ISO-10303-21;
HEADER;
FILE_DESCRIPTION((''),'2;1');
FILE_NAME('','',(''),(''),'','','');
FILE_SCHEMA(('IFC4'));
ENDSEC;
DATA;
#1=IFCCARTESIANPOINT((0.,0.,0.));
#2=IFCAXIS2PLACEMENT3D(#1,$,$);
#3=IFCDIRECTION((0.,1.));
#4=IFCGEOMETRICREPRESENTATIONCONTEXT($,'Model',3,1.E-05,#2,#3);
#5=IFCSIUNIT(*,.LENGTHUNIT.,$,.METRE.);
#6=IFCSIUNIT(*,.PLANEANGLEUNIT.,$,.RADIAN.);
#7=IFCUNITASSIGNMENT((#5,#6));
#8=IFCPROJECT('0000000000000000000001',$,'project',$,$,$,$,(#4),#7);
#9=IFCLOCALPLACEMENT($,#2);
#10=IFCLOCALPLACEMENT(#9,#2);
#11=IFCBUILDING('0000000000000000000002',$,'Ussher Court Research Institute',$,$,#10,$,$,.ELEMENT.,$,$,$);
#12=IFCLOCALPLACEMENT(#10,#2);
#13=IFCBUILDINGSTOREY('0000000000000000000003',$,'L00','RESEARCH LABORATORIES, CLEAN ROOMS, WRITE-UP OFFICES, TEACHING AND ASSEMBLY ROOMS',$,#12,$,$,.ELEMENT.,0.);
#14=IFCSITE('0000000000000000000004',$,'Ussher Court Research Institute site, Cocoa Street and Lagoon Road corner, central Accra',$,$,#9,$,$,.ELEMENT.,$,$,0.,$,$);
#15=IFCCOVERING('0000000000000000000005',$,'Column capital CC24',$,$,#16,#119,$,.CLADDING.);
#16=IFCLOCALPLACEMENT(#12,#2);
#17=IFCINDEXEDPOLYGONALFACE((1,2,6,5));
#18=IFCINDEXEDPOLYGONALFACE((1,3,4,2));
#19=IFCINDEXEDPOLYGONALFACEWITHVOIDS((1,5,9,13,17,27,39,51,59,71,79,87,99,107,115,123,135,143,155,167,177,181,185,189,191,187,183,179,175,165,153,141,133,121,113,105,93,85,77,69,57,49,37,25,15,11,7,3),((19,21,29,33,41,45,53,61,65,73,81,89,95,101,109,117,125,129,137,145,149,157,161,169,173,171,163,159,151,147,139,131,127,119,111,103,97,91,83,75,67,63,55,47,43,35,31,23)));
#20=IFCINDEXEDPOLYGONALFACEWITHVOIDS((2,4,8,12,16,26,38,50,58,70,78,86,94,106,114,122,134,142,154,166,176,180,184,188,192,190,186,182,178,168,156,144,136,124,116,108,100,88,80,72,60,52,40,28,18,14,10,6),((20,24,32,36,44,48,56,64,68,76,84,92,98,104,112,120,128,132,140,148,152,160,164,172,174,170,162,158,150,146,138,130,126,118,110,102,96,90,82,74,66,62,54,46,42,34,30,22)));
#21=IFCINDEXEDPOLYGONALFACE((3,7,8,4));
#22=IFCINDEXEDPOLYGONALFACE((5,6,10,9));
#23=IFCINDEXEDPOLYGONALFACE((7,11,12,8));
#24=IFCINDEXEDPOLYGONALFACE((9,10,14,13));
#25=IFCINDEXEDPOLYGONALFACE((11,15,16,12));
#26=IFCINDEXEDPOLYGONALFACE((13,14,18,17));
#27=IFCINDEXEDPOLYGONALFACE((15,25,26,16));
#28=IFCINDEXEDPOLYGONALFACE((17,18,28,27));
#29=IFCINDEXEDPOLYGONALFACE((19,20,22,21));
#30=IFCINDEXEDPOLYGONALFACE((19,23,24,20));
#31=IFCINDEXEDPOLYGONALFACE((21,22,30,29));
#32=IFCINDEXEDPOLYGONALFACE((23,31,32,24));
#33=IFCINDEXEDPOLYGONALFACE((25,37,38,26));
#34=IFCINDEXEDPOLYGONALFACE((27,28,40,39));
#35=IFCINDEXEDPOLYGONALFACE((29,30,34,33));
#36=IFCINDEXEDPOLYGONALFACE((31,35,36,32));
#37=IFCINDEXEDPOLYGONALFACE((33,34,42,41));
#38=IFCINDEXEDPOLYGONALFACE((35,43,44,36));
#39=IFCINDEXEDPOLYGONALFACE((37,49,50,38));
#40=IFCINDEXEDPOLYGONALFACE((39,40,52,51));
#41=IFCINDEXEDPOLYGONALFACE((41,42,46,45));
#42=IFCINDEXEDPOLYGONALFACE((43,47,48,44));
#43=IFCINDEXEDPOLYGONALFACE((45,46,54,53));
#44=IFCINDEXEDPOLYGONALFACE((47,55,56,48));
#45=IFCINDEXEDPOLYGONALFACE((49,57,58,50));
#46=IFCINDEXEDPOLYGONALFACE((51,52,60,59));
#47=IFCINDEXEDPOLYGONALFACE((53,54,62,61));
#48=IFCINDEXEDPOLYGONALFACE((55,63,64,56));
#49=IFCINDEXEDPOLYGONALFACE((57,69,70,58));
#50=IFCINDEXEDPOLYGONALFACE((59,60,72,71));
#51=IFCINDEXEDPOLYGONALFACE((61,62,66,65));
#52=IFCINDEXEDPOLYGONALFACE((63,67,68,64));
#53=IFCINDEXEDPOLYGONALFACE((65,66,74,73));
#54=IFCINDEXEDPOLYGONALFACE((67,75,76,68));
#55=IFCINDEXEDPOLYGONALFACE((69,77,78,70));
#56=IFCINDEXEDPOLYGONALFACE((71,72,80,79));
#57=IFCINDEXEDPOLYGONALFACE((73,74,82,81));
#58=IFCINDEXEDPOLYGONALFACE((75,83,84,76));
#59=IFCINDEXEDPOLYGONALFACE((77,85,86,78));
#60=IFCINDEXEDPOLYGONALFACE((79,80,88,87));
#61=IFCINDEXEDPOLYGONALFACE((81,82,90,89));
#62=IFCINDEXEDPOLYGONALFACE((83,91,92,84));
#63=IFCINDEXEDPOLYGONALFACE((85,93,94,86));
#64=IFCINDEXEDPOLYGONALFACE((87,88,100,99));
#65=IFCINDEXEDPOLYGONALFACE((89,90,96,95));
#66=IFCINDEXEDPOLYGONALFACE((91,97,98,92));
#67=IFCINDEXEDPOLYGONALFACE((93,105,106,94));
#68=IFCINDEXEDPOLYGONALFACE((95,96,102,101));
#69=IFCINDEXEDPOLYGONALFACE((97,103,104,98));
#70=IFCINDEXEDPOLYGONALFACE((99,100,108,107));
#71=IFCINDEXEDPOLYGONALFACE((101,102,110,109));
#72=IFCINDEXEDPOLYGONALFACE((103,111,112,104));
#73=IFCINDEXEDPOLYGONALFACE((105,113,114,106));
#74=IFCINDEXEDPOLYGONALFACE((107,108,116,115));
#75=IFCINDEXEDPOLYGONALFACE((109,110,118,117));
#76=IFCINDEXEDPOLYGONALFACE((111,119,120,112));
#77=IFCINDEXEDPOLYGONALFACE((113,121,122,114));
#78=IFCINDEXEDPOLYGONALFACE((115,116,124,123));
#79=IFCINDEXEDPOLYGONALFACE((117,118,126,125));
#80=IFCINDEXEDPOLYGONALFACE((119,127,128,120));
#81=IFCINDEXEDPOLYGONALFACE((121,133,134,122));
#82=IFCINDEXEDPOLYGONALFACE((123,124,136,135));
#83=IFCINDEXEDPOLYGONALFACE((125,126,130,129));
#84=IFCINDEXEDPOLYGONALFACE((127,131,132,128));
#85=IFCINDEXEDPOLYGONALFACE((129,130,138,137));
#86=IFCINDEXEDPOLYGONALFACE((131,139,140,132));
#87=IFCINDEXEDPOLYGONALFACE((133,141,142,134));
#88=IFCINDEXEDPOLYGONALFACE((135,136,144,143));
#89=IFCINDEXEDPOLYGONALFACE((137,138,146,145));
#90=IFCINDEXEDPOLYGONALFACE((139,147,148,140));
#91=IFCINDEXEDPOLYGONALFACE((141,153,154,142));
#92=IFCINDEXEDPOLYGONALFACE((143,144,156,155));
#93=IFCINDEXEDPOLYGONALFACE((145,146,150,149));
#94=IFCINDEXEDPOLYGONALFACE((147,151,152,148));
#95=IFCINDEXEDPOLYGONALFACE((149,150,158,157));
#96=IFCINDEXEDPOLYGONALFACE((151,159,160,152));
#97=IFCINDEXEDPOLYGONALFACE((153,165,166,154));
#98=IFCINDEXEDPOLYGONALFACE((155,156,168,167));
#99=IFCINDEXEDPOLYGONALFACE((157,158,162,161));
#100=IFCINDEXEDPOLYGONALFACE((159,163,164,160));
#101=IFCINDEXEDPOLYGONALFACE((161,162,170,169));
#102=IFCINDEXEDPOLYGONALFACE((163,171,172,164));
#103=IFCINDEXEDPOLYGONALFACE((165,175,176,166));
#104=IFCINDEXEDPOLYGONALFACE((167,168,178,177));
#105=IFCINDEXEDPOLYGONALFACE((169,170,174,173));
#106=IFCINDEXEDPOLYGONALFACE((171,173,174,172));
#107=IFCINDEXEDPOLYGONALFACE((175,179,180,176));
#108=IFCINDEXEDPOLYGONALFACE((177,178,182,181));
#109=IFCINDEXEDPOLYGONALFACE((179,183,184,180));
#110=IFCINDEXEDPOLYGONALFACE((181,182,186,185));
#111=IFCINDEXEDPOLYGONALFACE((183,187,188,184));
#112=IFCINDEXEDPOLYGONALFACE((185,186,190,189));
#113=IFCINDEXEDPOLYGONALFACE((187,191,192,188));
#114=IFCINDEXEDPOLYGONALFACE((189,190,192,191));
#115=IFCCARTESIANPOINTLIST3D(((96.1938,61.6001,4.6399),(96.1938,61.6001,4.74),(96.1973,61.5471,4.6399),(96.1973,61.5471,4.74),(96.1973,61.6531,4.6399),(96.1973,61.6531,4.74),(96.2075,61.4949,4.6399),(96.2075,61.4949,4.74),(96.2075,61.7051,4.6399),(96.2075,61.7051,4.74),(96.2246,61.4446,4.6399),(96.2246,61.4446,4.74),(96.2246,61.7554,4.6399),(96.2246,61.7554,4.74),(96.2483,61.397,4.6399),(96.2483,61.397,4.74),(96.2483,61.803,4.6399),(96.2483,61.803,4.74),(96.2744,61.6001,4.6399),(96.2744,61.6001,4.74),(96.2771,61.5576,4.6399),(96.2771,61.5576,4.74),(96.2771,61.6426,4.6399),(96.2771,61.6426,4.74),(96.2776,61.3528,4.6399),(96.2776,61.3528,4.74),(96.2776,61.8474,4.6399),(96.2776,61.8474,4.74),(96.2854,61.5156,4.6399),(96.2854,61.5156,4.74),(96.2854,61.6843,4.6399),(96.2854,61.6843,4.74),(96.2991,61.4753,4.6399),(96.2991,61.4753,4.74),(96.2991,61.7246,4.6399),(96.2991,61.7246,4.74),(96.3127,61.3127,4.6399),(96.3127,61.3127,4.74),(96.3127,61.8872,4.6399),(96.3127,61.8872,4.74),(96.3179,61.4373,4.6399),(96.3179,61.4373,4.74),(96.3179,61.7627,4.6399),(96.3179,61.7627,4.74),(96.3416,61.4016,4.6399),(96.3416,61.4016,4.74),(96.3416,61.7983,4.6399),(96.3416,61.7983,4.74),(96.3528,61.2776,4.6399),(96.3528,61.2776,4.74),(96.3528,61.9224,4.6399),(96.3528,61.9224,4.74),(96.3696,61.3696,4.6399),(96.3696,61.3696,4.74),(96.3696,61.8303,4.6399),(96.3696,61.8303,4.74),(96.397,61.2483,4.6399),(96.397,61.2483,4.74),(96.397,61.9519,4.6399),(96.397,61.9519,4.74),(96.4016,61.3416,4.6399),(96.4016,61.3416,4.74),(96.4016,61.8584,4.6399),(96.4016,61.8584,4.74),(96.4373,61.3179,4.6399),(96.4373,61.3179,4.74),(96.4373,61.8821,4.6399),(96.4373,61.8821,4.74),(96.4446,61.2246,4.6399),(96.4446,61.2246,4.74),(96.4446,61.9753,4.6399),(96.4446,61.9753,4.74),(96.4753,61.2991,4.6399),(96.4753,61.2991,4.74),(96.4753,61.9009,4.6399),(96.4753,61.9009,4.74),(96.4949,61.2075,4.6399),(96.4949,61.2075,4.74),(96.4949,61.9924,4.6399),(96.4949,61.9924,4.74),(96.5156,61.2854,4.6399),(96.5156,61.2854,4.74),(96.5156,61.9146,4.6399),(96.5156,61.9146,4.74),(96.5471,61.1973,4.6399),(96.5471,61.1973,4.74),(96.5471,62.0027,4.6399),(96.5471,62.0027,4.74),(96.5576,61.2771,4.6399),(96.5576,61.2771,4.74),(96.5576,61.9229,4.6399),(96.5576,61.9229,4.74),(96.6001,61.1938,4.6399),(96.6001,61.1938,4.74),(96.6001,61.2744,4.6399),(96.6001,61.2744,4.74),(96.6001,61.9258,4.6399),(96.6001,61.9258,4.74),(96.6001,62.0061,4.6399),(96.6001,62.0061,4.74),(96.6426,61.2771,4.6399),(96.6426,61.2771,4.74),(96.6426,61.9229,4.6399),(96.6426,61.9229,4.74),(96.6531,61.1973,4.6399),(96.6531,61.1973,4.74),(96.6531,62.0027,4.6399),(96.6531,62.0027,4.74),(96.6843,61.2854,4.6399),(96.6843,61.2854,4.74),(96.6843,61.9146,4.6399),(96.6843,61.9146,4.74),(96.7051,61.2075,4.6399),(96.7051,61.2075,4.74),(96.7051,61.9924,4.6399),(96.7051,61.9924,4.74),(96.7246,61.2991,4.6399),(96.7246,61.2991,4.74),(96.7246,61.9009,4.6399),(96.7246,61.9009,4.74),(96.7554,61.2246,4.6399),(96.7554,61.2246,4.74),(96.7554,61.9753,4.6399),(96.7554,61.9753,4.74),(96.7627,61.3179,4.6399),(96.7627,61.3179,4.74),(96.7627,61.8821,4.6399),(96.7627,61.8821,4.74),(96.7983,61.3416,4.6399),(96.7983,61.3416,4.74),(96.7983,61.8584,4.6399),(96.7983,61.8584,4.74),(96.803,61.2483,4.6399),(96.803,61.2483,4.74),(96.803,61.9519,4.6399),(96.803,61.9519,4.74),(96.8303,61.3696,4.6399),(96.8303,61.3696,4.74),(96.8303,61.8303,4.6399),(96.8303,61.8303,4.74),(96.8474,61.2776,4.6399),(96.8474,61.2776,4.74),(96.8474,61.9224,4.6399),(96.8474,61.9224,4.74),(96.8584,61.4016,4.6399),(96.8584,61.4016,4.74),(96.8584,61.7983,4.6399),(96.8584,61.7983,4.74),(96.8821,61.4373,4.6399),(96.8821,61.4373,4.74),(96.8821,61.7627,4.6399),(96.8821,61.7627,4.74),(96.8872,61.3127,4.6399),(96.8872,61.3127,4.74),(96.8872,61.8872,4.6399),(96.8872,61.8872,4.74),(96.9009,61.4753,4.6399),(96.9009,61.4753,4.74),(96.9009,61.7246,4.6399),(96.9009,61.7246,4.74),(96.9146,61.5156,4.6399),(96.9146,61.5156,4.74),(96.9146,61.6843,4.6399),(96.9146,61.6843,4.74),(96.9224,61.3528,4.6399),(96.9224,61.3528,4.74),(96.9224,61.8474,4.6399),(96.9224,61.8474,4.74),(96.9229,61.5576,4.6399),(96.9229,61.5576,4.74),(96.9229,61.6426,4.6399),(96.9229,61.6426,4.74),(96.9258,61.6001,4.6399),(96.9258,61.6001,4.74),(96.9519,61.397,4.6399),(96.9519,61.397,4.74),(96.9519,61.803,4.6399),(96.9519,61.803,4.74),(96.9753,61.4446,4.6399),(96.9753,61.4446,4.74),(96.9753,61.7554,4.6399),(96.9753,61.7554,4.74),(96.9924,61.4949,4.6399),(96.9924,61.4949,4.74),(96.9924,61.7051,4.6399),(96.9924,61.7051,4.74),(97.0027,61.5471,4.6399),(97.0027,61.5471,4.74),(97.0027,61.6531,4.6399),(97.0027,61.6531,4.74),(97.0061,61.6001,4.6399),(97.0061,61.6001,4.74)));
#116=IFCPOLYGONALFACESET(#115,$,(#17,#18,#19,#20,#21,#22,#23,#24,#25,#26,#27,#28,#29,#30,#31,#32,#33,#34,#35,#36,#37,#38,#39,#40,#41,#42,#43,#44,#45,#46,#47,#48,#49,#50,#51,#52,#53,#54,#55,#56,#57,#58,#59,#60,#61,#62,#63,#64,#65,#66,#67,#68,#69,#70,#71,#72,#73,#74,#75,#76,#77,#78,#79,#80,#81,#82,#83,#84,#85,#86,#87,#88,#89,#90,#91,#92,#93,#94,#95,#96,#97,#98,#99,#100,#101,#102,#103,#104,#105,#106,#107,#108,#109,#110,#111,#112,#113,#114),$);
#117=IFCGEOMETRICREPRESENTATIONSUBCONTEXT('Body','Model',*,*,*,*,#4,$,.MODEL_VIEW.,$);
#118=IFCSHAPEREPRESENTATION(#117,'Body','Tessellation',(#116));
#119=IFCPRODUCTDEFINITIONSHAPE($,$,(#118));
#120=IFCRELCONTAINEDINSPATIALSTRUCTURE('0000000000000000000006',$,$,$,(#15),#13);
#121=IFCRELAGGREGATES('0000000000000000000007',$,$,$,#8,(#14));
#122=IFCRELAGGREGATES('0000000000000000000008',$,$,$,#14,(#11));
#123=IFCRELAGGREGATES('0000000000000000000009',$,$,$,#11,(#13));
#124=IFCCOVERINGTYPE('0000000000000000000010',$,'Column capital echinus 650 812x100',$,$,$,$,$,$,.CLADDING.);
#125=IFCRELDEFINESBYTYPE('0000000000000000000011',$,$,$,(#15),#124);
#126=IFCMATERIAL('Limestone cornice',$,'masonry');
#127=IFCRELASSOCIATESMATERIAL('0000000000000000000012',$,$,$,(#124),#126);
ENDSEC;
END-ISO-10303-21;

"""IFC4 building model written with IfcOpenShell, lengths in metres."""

from ifc_helpers import new_model, si_unit, direction, frame, origin, place, context, subcontext, project, spatial, polyline, outline, extrude, material, type_object, element, save


model = new_model("IFC4")

# Units and contexts
model_context = context("Model", 3, precision=1e-05, world=origin(), true_north=direction((0.0, 1.0)))
body_context = subcontext(model_context, "Body", "Model", "MODEL_VIEW")
ifc_project = project(units=[si_unit("LENGTHUNIT", "METRE"), si_unit("PLANEANGLEUNIT", "RADIAN")], contexts=[model_context])

# Site, building, storey
site_placement = place(None, origin())
site = spatial("IfcSite", under=ifc_project, at=site_placement, Name="Ussher Court Research Institute site, Cocoa Street and Lagoon Road corner, central Accra", CompositionType="ELEMENT", RefElevation=0.0)
building_placement = place(site_placement, origin())
building = spatial("IfcBuilding", under=site, at=building_placement, Name="Ussher Court Research Institute", CompositionType="ELEMENT")
storey_placement = place(building_placement, origin())
storey = spatial("IfcBuildingStorey", under=building, at=storey_placement, Name="L00", Description="RESEARCH LABORATORIES, CLEAN ROOMS, WRITE-UP OFFICES, TEACHING AND ASSEMBLY ROOMS", CompositionType="ELEMENT", Elevation=0.0)

# Covering
ifc_material_1 = material(Name="Limestone cornice", Category="masonry")
covering_type_1 = type_object("IfcCoveringType", Name="Column capital echinus 650 812x100", PredefinedType="CLADDING", material=ifc_material_1)
covering_1_placement = place(storey_placement, frame((0.0, 0.0, 4.6399)))
element("IfcCovering", 1, at=covering_1_placement, inside=storey, type_object=covering_type_1, Name="Column capital CC24", PredefinedType="CLADDING", context=body_context, shape_type="SweptSolid", body=[
    extrude(outline(polyline([(97.0061, 61.6001), (97.0027, 61.6531), (96.9924, 61.7051), (96.9753, 61.7554), (96.9519, 61.803), (96.9224, 61.8474), (96.8872, 61.8872), (96.8474, 61.9224), (96.803, 61.9519), (96.7554, 61.9753), (96.7051, 61.9924), (96.6531, 62.0027), (96.6001, 62.0061), (96.5471, 62.0027), (96.4949, 61.9924), (96.4446, 61.9753), (96.397, 61.9519), (96.3528, 61.9224), (96.3127, 61.8872), (96.2776, 61.8474), (96.2483, 61.803), (96.2246, 61.7554), (96.2075, 61.7051), (96.1973, 61.6531), (96.1938, 61.6001), (96.1973, 61.5471), (96.2075, 61.4949), (96.2246, 61.4446), (96.2483, 61.397), (96.2776, 61.3528), (96.3127, 61.3127), (96.3528, 61.2776), (96.397, 61.2483), (96.4446, 61.2246), (96.4949, 61.2075), (96.5471, 61.1973), (96.6001, 61.1938), (96.6531, 61.1973), (96.7051, 61.2075), (96.7554, 61.2246), (96.803, 61.2483), (96.8474, 61.2776), (96.8872, 61.3127), (96.9224, 61.3528), (96.9519, 61.397), (96.9753, 61.4446), (96.9924, 61.4949), (97.0027, 61.5471), (97.0061, 61.6001)]), holes=[polyline([(96.9258, 61.6001), (96.9229, 61.6426), (96.9146, 61.6843), (96.9009, 61.7246), (96.8821, 61.7627), (96.8584, 61.7983), (96.8303, 61.8303), (96.7983, 61.8584), (96.7627, 61.8821), (96.7246, 61.9009), (96.6843, 61.9146), (96.6426, 61.9229), (96.6001, 61.9258), (96.5576, 61.9229), (96.5156, 61.9146), (96.4753, 61.9009), (96.4373, 61.8821), (96.4016, 61.8584), (96.3696, 61.8303), (96.3416, 61.7983), (96.3179, 61.7627), (96.2991, 61.7246), (96.2854, 61.6843), (96.2771, 61.6426), (96.2744, 61.6001), (96.2771, 61.5576), (96.2854, 61.5156), (96.2991, 61.4753), (96.3179, 61.4373), (96.3416, 61.4016), (96.3696, 61.3696), (96.4016, 61.3416), (96.4373, 61.3179), (96.4753, 61.2991), (96.5156, 61.2854), (96.5576, 61.2771), (96.6001, 61.2744), (96.6426, 61.2771), (96.6843, 61.2854), (96.7246, 61.2991), (96.7627, 61.3179), (96.7983, 61.3416), (96.8303, 61.3696), (96.8584, 61.4016), (96.8821, 61.4373), (96.9009, 61.4753), (96.9146, 61.5156), (96.9229, 61.5576), (96.9258, 61.6001)])]), origin(), (0.0, 0.0, 1.0), 0.1001),
])

save(model, "model.ifc")
